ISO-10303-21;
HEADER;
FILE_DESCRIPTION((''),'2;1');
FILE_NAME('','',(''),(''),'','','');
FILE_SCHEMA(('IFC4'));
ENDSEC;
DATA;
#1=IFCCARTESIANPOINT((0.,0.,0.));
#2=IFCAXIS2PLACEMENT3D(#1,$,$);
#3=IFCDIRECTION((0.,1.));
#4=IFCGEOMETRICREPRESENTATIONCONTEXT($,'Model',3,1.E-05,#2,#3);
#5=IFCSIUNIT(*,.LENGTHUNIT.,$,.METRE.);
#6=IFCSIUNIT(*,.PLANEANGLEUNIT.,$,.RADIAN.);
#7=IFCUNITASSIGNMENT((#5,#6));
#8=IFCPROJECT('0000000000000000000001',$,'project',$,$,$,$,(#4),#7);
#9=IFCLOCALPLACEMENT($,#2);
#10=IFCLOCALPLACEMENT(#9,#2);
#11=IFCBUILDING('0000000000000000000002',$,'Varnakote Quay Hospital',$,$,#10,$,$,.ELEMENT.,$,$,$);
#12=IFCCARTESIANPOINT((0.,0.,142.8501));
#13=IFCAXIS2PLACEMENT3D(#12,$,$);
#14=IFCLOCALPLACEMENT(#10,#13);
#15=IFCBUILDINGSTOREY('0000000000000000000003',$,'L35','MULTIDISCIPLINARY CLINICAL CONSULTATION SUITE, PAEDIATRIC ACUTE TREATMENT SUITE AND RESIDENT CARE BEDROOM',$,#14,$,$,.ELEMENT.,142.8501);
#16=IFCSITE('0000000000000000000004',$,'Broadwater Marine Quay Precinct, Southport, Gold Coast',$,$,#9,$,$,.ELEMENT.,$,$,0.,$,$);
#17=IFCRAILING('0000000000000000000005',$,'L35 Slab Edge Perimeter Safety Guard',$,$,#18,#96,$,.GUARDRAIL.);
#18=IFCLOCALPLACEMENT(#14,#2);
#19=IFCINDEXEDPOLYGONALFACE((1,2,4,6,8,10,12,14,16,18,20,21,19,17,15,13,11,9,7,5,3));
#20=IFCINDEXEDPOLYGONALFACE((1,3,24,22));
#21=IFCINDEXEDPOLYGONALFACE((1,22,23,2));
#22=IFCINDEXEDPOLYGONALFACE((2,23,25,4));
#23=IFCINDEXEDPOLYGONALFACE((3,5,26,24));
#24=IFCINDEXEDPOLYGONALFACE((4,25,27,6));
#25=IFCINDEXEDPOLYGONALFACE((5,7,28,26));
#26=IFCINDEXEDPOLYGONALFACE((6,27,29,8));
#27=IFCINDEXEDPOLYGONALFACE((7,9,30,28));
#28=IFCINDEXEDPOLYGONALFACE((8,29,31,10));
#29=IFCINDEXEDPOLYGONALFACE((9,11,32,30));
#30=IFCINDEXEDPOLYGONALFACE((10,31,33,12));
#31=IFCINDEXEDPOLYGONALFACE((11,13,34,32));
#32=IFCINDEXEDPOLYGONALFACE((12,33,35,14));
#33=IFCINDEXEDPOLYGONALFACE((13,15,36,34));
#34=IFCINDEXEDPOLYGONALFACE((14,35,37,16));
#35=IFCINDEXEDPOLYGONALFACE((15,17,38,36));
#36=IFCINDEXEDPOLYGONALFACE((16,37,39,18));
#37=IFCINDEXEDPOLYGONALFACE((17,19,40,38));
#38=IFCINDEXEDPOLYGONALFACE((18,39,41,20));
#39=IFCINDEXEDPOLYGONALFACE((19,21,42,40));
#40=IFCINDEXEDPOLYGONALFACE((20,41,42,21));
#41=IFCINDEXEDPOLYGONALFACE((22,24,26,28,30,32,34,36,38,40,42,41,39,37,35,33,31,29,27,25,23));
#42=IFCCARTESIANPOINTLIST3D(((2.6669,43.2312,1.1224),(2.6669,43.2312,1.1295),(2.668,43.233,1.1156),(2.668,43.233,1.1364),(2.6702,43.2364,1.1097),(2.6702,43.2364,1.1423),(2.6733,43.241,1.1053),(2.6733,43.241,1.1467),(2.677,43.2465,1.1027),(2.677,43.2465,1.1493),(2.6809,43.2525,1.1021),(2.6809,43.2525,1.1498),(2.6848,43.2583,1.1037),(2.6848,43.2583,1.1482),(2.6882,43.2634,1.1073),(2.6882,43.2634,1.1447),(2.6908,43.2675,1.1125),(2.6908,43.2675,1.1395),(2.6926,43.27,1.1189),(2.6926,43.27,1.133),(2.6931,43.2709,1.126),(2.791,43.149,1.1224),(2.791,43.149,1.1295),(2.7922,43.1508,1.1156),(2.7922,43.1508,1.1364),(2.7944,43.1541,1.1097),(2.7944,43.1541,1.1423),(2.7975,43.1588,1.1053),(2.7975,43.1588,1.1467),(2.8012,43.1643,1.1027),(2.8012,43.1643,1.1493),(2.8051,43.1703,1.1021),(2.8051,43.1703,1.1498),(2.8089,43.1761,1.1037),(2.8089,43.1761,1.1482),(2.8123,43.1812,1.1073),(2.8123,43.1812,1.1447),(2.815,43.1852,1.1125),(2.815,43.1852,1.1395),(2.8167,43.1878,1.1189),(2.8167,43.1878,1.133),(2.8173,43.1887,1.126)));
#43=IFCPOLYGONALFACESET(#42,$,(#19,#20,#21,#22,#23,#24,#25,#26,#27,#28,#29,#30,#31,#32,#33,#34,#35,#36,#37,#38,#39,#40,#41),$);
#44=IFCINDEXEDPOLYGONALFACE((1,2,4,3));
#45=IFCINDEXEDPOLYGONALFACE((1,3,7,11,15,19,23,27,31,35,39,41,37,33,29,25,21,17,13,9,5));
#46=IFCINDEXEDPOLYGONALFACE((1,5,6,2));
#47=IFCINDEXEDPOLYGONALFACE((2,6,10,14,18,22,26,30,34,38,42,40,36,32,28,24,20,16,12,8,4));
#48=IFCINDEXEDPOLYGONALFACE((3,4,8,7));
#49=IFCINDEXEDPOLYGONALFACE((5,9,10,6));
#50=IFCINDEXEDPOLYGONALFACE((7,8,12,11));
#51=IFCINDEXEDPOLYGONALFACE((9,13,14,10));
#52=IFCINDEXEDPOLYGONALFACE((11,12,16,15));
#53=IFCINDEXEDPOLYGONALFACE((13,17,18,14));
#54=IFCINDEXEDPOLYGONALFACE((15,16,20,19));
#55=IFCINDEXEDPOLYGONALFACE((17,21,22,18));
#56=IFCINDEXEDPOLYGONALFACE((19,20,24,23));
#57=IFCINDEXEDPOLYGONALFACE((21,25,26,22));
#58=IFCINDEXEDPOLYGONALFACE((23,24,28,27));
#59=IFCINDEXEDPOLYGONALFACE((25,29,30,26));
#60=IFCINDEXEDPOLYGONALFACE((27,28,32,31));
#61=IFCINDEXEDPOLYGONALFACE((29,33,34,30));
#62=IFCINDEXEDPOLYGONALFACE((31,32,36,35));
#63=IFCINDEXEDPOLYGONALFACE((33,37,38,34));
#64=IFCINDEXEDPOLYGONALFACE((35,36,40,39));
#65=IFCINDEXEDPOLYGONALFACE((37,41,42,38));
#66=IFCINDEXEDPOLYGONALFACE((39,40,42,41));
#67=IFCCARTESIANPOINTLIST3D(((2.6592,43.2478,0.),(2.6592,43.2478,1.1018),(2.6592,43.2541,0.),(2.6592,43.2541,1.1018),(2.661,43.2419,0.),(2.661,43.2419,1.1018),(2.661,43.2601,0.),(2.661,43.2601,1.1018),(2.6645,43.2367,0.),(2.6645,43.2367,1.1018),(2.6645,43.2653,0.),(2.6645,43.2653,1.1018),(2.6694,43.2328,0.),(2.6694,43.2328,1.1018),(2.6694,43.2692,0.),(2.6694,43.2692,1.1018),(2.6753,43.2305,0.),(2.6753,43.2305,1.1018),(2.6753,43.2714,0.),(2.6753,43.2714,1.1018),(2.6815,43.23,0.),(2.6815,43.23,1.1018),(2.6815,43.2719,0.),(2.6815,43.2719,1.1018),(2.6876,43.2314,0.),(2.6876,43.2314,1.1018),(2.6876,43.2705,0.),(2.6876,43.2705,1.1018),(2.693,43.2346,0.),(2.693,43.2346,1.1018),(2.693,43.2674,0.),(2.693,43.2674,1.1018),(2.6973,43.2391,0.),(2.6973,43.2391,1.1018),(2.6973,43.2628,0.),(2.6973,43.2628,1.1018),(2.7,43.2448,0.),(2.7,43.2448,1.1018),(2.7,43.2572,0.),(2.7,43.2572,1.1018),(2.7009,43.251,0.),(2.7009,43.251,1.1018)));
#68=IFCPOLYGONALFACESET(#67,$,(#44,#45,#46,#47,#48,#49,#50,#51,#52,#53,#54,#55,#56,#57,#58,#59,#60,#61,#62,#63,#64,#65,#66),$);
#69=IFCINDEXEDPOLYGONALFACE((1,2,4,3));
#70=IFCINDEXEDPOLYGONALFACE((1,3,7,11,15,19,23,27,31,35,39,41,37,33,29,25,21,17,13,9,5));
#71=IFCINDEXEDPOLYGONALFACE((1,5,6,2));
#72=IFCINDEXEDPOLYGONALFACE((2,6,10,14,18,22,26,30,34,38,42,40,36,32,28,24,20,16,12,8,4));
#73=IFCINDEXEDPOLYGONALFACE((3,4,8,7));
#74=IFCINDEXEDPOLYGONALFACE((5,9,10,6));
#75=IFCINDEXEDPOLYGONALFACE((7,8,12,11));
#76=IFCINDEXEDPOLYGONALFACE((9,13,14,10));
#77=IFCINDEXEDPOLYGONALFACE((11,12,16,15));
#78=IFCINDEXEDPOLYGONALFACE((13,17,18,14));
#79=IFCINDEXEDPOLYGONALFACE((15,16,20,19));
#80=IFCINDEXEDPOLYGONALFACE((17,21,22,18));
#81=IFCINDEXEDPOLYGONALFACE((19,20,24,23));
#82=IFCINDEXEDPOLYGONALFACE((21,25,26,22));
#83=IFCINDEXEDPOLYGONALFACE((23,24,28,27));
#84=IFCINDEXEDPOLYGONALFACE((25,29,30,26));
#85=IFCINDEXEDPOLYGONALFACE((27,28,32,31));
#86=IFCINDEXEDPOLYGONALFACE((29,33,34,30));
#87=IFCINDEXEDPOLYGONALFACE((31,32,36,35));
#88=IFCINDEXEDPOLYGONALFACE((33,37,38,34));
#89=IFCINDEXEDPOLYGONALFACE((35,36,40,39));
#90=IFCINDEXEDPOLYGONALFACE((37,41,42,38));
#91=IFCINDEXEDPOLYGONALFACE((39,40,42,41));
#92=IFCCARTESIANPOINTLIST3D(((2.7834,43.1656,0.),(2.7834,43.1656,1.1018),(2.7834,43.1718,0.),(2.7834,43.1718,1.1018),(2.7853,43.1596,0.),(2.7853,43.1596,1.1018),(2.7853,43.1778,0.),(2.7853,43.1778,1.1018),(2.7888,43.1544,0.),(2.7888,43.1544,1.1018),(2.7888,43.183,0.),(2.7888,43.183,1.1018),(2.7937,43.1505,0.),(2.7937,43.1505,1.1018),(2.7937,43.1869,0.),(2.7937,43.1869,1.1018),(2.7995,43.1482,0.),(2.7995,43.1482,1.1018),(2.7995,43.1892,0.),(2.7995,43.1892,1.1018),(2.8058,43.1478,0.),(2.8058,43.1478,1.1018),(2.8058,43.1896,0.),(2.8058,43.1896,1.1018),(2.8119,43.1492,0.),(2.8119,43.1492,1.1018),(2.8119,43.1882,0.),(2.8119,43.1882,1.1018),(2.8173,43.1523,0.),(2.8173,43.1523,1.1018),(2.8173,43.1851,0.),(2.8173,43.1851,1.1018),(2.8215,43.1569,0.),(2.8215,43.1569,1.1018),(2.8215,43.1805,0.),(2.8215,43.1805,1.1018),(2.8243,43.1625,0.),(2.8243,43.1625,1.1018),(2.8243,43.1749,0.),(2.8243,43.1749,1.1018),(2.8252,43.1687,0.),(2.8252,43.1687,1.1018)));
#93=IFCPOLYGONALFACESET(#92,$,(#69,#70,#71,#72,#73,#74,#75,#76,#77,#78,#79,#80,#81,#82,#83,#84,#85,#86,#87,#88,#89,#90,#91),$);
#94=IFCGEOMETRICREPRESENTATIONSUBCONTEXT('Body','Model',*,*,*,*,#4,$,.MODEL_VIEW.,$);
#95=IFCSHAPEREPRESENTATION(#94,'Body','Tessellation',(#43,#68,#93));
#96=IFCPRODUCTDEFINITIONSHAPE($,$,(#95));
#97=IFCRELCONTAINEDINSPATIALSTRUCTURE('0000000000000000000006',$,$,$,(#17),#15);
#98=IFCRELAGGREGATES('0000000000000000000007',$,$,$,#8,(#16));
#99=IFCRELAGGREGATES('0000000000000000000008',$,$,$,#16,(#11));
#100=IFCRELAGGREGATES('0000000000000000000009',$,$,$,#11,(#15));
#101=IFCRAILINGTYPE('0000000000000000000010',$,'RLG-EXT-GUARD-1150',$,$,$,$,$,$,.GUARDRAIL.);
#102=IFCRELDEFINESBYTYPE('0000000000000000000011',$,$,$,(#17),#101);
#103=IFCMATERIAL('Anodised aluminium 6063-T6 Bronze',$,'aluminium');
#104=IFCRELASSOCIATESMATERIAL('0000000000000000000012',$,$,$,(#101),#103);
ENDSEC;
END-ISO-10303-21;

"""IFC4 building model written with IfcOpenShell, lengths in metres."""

from ifc_helpers import new_model, si_unit, direction, frame, origin, origin_2d, place, context, subcontext, project, spatial, circle, extrude, material, type_object, element, save


model = new_model("IFC4")

# Units and contexts
model_context = context("Model", 3, precision=1e-05, world=origin(), true_north=direction((0.0, 1.0)))
body_context = subcontext(model_context, "Body", "Model", "MODEL_VIEW")
ifc_project = project(units=[si_unit("LENGTHUNIT", "METRE"), si_unit("PLANEANGLEUNIT", "RADIAN")], contexts=[model_context])

# Site, building, storey
site_placement = place(None, origin())
site = spatial("IfcSite", under=ifc_project, at=site_placement, Name="Broadwater Marine Quay Precinct, Southport, Gold Coast", CompositionType="ELEMENT", RefElevation=0.0)
building_placement = place(site_placement, origin())
building = spatial("IfcBuilding", under=site, at=building_placement, Name="Varnakote Quay Hospital", CompositionType="ELEMENT")
storey_placement = place(building_placement, frame((0.0, 0.0, 142.8501)))
storey = spatial("IfcBuildingStorey", under=building, at=storey_placement, Name="L35", Description="MULTIDISCIPLINARY CLINICAL CONSULTATION SUITE, PAEDIATRIC ACUTE TREATMENT SUITE AND RESIDENT CARE BEDROOM", CompositionType="ELEMENT", Elevation=142.8501)

# Railing
ifc_material_1 = material(Name="Anodised aluminium 6063-T6 Bronze", Category="aluminium")
railing_type = type_object("IfcRailingType", Name="RLG-EXT-GUARD-1150", PredefinedType="GUARDRAIL", material=ifc_material_1)
railing_1_placement = place(storey_placement, frame((2.6799, 43.251, 0.0)))
element("IfcRailing", 1, at=railing_1_placement, inside=storey, type_object=railing_type, Name="L35 Slab Edge Perimeter Safety Guard", PredefinedType="GUARDRAIL", context=body_context, shape_type="SweptSolid", body=[
    extrude(circle(Radius=0.0239, at=origin_2d()), frame((0.0, 0.0, 1.126), z_axis=(0.83381, -0.552051, 0.0), x_axis=(0.552051, 0.83381, 0.0)), (0.0, 0.0, 1.0), 0.1489),
    extrude(circle(Radius=0.021, at=origin_2d()), origin(), (0.0, 0.0, 1.0), 1.1018),
    extrude(circle(Radius=0.021, at=origin_2d()), frame((0.1243, -0.0823, 0.0)), (0.0, 0.0, 1.0), 1.1018),
])

save(model, "model.ifc")
